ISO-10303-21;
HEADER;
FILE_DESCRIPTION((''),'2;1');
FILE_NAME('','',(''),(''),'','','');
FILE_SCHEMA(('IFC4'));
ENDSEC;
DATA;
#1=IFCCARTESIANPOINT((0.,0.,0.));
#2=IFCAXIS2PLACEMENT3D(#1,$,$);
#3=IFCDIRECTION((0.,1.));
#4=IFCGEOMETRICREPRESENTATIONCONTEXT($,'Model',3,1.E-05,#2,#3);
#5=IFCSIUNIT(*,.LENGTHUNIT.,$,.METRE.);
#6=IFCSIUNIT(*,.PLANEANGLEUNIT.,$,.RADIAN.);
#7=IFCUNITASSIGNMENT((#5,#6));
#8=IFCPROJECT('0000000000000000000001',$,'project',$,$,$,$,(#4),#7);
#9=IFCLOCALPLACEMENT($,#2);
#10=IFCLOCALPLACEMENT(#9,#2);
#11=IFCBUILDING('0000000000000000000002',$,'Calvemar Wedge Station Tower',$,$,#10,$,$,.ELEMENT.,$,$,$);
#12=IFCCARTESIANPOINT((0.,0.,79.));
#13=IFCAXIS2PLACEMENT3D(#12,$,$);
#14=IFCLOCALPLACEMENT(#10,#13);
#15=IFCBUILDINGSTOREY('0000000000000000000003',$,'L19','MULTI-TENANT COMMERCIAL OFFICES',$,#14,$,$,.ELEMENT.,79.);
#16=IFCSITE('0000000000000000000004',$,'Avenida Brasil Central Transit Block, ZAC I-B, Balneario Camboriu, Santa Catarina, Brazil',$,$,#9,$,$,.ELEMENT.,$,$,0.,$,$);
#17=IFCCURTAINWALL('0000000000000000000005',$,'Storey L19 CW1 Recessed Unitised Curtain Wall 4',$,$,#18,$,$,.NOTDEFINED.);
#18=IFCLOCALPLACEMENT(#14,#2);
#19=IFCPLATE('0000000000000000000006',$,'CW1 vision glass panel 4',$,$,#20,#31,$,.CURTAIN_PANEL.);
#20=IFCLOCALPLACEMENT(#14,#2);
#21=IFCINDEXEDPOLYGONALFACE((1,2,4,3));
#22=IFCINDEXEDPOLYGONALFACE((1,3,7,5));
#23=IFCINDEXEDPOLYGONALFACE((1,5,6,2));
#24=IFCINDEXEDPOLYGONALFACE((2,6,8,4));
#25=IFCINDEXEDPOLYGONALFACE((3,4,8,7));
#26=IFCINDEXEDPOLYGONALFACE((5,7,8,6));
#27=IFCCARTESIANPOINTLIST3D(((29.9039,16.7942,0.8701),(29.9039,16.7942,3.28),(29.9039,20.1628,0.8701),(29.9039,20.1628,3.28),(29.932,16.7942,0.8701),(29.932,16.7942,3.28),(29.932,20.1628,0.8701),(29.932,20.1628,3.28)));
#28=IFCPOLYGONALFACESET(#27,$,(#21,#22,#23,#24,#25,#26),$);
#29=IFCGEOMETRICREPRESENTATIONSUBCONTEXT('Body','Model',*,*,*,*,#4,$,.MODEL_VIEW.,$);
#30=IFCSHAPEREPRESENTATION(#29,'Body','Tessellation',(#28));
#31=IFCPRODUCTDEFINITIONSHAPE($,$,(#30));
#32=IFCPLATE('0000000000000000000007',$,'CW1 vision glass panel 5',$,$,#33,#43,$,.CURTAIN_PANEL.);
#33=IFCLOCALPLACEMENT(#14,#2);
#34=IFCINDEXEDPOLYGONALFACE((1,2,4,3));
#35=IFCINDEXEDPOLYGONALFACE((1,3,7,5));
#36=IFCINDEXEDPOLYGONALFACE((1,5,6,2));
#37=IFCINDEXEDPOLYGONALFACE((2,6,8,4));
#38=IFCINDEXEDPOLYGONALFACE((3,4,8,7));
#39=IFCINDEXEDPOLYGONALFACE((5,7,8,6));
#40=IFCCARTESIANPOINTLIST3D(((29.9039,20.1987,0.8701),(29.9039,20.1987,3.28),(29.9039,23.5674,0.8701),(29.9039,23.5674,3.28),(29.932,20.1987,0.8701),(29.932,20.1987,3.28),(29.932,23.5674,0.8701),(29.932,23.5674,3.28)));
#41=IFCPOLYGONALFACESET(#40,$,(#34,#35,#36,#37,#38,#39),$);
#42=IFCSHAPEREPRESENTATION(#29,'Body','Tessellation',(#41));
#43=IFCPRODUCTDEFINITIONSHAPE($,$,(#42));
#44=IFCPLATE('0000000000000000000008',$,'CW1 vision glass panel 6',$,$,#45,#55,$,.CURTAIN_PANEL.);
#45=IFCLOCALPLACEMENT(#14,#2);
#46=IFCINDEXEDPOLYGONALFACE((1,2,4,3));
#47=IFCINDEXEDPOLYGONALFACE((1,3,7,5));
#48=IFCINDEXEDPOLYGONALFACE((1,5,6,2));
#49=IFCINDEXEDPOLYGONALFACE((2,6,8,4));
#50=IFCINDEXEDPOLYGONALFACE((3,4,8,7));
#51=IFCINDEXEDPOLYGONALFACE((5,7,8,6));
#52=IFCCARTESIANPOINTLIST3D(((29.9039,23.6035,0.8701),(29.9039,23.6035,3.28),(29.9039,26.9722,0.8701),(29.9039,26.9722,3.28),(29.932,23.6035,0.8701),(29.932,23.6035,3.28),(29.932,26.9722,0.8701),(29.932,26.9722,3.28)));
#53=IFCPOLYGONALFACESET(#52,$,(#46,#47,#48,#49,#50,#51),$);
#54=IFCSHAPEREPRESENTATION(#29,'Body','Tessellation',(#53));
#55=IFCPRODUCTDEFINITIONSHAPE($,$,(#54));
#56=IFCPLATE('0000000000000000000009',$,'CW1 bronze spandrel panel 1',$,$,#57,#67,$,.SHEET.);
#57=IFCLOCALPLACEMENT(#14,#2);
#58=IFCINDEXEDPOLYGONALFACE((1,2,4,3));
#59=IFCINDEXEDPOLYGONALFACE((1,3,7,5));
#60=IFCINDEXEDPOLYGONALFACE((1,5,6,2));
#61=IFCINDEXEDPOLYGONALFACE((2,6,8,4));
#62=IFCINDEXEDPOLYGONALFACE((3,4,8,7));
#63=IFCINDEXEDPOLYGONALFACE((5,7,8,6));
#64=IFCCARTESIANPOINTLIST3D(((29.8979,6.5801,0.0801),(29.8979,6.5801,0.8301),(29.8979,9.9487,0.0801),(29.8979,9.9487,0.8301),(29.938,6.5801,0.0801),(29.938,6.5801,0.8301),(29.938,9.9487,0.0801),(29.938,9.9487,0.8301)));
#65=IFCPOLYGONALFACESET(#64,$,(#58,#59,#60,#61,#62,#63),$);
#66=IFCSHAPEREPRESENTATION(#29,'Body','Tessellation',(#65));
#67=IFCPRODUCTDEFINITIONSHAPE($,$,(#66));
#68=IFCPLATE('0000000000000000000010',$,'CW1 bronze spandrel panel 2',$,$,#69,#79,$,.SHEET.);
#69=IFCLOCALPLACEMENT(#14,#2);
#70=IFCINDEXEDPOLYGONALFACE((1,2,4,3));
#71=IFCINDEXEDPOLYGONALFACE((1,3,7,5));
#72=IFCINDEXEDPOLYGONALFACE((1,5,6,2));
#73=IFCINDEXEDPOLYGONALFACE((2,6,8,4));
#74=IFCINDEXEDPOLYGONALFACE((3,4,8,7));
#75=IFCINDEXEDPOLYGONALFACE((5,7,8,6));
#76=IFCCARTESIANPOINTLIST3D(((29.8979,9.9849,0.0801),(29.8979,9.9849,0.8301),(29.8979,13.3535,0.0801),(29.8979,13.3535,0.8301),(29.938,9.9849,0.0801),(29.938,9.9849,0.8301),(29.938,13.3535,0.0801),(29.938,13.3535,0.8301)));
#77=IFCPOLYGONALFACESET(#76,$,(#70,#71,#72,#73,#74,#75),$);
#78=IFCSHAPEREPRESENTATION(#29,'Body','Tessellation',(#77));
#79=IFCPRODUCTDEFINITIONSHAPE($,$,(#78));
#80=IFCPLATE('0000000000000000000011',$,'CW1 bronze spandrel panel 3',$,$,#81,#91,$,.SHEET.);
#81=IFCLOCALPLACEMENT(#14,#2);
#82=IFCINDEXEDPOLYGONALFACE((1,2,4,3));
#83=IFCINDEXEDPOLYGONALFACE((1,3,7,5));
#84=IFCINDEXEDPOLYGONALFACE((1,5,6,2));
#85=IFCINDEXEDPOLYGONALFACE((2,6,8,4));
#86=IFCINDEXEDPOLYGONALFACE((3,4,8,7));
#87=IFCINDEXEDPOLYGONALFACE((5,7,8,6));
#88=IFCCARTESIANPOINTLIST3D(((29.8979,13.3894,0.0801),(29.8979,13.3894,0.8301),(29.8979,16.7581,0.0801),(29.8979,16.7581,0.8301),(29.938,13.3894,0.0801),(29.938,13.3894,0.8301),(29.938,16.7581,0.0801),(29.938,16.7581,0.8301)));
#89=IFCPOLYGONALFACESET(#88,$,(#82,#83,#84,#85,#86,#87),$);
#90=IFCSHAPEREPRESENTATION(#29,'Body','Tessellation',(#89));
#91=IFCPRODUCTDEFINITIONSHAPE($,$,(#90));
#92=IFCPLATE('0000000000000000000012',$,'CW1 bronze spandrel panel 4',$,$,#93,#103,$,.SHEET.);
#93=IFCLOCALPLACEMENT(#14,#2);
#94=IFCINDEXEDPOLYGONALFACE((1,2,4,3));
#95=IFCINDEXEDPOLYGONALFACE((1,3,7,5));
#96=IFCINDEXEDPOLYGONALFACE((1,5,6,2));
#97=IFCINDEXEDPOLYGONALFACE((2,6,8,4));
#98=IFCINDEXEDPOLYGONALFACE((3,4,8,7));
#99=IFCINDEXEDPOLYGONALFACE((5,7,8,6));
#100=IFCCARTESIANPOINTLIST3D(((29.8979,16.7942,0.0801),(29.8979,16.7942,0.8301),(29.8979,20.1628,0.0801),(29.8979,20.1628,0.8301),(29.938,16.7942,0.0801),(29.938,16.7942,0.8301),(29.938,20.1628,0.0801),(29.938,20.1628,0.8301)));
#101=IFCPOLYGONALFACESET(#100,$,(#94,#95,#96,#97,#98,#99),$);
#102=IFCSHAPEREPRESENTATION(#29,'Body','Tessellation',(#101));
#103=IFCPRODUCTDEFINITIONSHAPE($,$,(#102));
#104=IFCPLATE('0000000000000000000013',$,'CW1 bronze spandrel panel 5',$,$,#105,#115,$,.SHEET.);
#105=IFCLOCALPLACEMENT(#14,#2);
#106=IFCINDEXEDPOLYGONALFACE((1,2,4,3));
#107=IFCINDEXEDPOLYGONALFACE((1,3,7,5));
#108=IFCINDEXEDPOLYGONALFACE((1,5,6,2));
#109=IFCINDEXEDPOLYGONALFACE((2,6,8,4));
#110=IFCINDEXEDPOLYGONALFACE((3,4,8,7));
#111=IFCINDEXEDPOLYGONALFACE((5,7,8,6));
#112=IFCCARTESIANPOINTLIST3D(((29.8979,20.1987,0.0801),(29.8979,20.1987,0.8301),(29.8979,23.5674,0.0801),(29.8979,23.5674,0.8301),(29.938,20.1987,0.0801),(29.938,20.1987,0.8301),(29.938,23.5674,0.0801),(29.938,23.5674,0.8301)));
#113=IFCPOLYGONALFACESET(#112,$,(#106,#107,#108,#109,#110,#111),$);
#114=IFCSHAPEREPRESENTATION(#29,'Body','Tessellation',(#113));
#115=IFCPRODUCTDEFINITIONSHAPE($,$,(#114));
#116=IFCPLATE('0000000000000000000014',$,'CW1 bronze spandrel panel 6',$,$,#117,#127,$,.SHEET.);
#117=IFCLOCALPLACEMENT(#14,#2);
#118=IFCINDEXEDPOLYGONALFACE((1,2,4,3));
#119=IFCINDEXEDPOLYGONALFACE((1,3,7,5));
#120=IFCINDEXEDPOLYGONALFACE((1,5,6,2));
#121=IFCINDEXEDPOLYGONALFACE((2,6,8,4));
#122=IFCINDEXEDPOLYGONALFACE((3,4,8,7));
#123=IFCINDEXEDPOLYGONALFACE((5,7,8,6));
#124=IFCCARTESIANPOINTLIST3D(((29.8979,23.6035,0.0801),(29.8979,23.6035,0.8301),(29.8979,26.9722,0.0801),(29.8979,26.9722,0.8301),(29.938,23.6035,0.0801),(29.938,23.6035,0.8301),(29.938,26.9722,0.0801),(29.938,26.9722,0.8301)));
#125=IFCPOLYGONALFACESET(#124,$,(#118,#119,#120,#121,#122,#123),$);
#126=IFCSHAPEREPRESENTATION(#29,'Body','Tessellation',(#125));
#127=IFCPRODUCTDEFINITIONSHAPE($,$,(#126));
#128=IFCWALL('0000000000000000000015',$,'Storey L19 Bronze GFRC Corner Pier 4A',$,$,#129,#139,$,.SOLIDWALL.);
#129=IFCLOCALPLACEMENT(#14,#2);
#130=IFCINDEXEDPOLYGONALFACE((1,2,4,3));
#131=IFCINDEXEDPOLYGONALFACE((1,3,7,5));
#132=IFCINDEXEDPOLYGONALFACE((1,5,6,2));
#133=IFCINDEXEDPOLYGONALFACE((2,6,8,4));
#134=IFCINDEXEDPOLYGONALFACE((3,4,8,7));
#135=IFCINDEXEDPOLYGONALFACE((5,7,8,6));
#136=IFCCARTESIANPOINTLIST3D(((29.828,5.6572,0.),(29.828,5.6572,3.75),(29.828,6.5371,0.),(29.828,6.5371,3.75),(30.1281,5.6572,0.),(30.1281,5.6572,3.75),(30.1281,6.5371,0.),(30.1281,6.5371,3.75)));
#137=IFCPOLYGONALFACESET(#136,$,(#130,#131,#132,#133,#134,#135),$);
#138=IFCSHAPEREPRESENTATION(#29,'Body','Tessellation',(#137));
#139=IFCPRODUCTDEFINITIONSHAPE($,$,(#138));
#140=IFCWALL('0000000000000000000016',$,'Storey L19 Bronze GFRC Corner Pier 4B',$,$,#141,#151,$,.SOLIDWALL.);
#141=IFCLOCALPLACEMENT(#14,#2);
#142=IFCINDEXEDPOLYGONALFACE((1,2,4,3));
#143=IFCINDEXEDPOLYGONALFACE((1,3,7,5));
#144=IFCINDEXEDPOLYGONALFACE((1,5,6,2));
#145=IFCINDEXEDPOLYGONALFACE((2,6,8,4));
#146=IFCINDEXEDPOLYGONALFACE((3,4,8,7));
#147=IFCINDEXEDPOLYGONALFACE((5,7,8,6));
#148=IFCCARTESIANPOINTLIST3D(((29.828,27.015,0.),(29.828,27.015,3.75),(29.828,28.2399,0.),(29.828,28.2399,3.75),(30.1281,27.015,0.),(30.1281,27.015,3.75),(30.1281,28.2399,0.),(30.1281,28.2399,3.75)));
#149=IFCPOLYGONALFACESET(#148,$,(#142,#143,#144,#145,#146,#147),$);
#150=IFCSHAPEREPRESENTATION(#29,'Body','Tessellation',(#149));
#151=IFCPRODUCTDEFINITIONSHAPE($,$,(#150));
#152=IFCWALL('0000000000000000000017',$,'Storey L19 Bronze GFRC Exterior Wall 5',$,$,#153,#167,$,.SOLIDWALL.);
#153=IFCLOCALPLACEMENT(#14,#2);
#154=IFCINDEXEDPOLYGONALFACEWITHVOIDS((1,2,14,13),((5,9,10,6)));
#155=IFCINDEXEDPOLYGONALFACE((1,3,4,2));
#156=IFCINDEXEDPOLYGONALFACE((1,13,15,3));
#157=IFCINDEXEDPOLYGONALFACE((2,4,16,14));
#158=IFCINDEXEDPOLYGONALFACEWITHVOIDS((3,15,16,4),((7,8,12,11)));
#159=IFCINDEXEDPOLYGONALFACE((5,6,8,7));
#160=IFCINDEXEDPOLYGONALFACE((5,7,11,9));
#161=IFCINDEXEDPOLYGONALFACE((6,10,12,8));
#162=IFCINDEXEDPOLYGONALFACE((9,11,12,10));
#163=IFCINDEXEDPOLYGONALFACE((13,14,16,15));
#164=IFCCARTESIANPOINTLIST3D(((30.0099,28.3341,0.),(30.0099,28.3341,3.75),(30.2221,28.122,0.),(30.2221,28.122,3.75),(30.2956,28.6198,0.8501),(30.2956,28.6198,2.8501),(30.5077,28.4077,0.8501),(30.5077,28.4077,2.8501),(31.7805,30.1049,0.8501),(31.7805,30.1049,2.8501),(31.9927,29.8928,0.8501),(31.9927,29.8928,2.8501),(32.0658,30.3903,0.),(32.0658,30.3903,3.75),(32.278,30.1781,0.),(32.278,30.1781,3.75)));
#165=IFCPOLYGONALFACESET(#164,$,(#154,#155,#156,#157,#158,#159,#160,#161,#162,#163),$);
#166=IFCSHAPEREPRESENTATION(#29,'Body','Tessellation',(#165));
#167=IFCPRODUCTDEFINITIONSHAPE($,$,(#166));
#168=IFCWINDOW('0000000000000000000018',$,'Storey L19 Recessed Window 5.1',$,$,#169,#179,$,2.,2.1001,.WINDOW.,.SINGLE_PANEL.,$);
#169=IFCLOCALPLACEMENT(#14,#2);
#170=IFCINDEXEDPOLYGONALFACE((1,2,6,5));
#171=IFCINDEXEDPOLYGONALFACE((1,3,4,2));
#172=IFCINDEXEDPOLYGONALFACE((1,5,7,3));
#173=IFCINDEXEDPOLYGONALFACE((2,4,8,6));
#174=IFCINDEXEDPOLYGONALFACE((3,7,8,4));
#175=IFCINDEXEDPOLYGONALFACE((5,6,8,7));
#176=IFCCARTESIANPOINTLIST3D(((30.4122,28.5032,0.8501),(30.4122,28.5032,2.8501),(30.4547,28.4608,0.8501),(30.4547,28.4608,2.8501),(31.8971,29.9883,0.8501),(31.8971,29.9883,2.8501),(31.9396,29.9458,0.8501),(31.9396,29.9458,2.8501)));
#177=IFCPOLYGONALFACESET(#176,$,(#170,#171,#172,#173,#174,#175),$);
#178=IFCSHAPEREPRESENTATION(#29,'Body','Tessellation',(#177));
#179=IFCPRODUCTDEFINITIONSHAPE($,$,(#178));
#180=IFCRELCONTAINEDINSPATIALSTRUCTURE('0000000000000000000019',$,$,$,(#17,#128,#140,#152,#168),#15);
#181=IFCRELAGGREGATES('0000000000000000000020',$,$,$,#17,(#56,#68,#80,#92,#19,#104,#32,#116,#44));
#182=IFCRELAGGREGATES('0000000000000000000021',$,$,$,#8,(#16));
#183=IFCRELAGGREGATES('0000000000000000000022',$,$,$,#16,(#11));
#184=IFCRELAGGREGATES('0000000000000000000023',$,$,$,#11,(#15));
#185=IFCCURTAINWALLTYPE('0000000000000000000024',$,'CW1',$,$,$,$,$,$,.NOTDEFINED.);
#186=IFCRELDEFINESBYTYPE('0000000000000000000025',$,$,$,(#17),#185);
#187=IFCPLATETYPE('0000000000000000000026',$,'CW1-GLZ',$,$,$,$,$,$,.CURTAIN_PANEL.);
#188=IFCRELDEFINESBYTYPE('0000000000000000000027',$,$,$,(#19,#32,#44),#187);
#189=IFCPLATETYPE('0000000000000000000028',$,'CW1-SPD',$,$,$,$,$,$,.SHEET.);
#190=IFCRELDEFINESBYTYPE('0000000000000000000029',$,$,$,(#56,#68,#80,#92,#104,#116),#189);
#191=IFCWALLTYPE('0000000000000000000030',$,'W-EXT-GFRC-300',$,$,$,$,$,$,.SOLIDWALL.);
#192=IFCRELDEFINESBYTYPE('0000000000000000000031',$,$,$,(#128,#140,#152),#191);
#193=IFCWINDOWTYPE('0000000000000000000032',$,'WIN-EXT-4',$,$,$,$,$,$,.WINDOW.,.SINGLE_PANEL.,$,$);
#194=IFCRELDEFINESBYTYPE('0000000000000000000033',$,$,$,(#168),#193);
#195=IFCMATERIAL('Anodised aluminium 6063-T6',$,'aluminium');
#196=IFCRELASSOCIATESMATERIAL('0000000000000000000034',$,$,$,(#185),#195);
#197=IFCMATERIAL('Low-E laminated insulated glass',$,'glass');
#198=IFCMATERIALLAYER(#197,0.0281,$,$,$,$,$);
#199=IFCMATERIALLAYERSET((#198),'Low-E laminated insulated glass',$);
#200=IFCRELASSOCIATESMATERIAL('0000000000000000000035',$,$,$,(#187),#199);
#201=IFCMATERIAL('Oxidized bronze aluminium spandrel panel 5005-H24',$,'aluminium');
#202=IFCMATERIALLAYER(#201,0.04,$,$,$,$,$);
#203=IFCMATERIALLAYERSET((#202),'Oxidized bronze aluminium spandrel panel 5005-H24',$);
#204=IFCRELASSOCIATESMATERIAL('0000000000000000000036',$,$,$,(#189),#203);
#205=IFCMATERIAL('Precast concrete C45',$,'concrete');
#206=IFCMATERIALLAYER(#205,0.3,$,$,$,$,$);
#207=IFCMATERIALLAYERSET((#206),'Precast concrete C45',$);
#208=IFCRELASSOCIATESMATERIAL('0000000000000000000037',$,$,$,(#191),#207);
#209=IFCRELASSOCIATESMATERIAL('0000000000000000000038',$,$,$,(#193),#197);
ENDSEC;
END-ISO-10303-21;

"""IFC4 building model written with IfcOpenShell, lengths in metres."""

from ifc_helpers import new_model, si_unit, direction, frame, frame_2d, origin, place, context, subcontext, project, spatial, rectangle, extrude, source, transform, mapped, material, layer, layer_set, type_object, element, fill, aggregate, save


model = new_model("IFC4")

# Units and contexts
model_context = context("Model", 3, precision=1e-05, world=origin(), true_north=direction((0.0, 1.0)))
body_context = subcontext(model_context, "Body", "Model", "MODEL_VIEW")
ifc_project = project(units=[si_unit("LENGTHUNIT", "METRE"), si_unit("PLANEANGLEUNIT", "RADIAN")], contexts=[model_context])

# Site, building, storey
site_placement = place(None, origin())
site = spatial("IfcSite", under=ifc_project, at=site_placement, Name="Avenida Brasil Central Transit Block, ZAC I-B, Balneario Camboriu, Santa Catarina, Brazil", CompositionType="ELEMENT", RefElevation=0.0)
building_placement = place(site_placement, origin())
building = spatial("IfcBuilding", under=site, at=building_placement, Name="Calvemar Wedge Station Tower", CompositionType="ELEMENT")
storey_placement = place(building_placement, frame((0.0, 0.0, 79.0)))
storey = spatial("IfcBuildingStorey", under=building, at=storey_placement, Name="L19", Description="MULTI-TENANT COMMERCIAL OFFICES", CompositionType="ELEMENT", Elevation=79.0)

# Curtain wall, plates
ifc_material_1 = material(Name="Anodised aluminium 6063-T6", Category="aluminium")
curtain_wall_type = type_object("IfcCurtainWallType", Name="CW1", PredefinedType="NOTDEFINED", material=ifc_material_1)
curtain_wall_placement = place(storey_placement, origin())
curtain_wall = element("IfcCurtainWall", 1, at=curtain_wall_placement, inside=storey, type_object=curtain_wall_type, Name="Storey L19 CW1 Recessed Unitised Curtain Wall 4", PredefinedType="NOTDEFINED")
ifc_material_2 = material(Name="Low-E laminated insulated glass", Category="glass")
ifc_layer_1 = layer(ifc_material_2, 0.0281)
ifc_layer_set_1 = layer_set([ifc_layer_1], Name="Low-E laminated insulated glass")
plate_type_1 = type_object("IfcPlateType", Name="CW1-GLZ", PredefinedType="CURTAIN_PANEL", material=ifc_layer_set_1)
plate_1_placement = place(storey_placement, frame((29.918, 16.7942, 0.8701), z_axis=(0.0, 0.0, 1.0), x_axis=(0.0, 1.0, 0.0)))
plate_1 = element("IfcPlate", 2, at=plate_1_placement, type_object=plate_type_1, Name="CW1 vision glass panel 4", PredefinedType="CURTAIN_PANEL", context=body_context, shape_type="SweptSolid", body=[
    extrude(rectangle(XDim=3.3687, YDim=0.0281, at=frame_2d((1.6843, 0.0))), origin(), (0.0, 0.0, 1.0), 2.4099),
])
plate_2_placement = place(storey_placement, frame((29.918, 20.1987, 0.8701), z_axis=(0.0, 0.0, 1.0), x_axis=(0.0, 1.0, 0.0)))
plate_2 = element("IfcPlate", 3, at=plate_2_placement, type_object=plate_type_1, Name="CW1 vision glass panel 5", PredefinedType="CURTAIN_PANEL", context=body_context, shape_type="SweptSolid", body=[
    extrude(rectangle(XDim=3.3687, YDim=0.0281, at=frame_2d((1.6843, 0.0))), origin(), (0.0, 0.0, 1.0), 2.4099),
])
plate_3_placement = place(storey_placement, frame((29.918, 23.6035, 0.8701), z_axis=(0.0, 0.0, 1.0), x_axis=(0.0, 1.0, 0.0)))
plate_3 = element("IfcPlate", 4, at=plate_3_placement, type_object=plate_type_1, Name="CW1 vision glass panel 6", PredefinedType="CURTAIN_PANEL", context=body_context, shape_type="SweptSolid", body=[
    extrude(rectangle(XDim=3.3687, YDim=0.0281, at=frame_2d((1.6843, 0.0))), origin(), (0.0, 0.0, 1.0), 2.4099),
])
ifc_material_3 = material(Name="Oxidized bronze aluminium spandrel panel 5005-H24", Category="aluminium")
ifc_layer_2 = layer(ifc_material_3, 0.04)
ifc_layer_set_2 = layer_set([ifc_layer_2], Name="Oxidized bronze aluminium spandrel panel 5005-H24")
plate_type_2 = type_object("IfcPlateType", Name="CW1-SPD", PredefinedType="SHEET", material=ifc_layer_set_2)
plate_4_placement = place(storey_placement, frame((29.918, 6.5801, 0.0801), z_axis=(0.0, 0.0, 1.0), x_axis=(0.0, 1.0, 0.0)))
plate_4 = element("IfcPlate", 5, at=plate_4_placement, type_object=plate_type_2, Name="CW1 bronze spandrel panel 1", PredefinedType="SHEET", context=body_context, shape_type="SweptSolid", body=[
    extrude(rectangle(XDim=3.3687, YDim=0.04, at=frame_2d((1.6843, 0.0))), origin(), (0.0, 0.0, 1.0), 0.75),
])
plate_5_placement = place(storey_placement, frame((29.918, 9.9849, 0.0801), z_axis=(0.0, 0.0, 1.0), x_axis=(0.0, 1.0, 0.0)))
plate_5 = element("IfcPlate", 6, at=plate_5_placement, type_object=plate_type_2, Name="CW1 bronze spandrel panel 2", PredefinedType="SHEET", context=body_context, shape_type="SweptSolid", body=[
    extrude(rectangle(XDim=3.3687, YDim=0.04, at=frame_2d((1.6843, 0.0))), origin(), (0.0, 0.0, 1.0), 0.75),
])
plate_6_placement = place(storey_placement, frame((29.918, 13.3894, 0.0801), z_axis=(0.0, 0.0, 1.0), x_axis=(0.0, 1.0, 0.0)))
plate_6 = element("IfcPlate", 7, at=plate_6_placement, type_object=plate_type_2, Name="CW1 bronze spandrel panel 3", PredefinedType="SHEET", context=body_context, shape_type="SweptSolid", body=[
    extrude(rectangle(XDim=3.3687, YDim=0.04, at=frame_2d((1.6843, 0.0))), origin(), (0.0, 0.0, 1.0), 0.75),
])
plate_7_placement = place(storey_placement, frame((29.918, 16.7942, 0.0801), z_axis=(0.0, 0.0, 1.0), x_axis=(0.0, 1.0, 0.0)))
plate_7 = element("IfcPlate", 8, at=plate_7_placement, type_object=plate_type_2, Name="CW1 bronze spandrel panel 4", PredefinedType="SHEET", context=body_context, shape_type="SweptSolid", body=[
    extrude(rectangle(XDim=3.3687, YDim=0.04, at=frame_2d((1.6843, 0.0))), origin(), (0.0, 0.0, 1.0), 0.75),
])
plate_8_placement = place(storey_placement, frame((29.918, 20.1987, 0.0801), z_axis=(0.0, 0.0, 1.0), x_axis=(0.0, 1.0, 0.0)))
plate_8 = element("IfcPlate", 9, at=plate_8_placement, type_object=plate_type_2, Name="CW1 bronze spandrel panel 5", PredefinedType="SHEET", context=body_context, shape_type="SweptSolid", body=[
    extrude(rectangle(XDim=3.3687, YDim=0.04, at=frame_2d((1.6843, 0.0))), origin(), (0.0, 0.0, 1.0), 0.75),
])
plate_9_placement = place(storey_placement, frame((29.918, 23.6035, 0.0801), z_axis=(0.0, 0.0, 1.0), x_axis=(0.0, 1.0, 0.0)))
plate_9 = element("IfcPlate", 10, at=plate_9_placement, type_object=plate_type_2, Name="CW1 bronze spandrel panel 6", PredefinedType="SHEET", context=body_context, shape_type="SweptSolid", body=[
    extrude(rectangle(XDim=3.3687, YDim=0.04, at=frame_2d((1.6843, 0.0))), origin(), (0.0, 0.0, 1.0), 0.75),
])
aggregate(curtain_wall, [plate_4, plate_5, plate_6, plate_7, plate_1, plate_8, plate_2, plate_9, plate_3])

# Walls
ifc_material_4 = material(Name="Precast concrete C45", Category="concrete")
ifc_layer_3 = layer(ifc_material_4, 0.3)
ifc_layer_set_3 = layer_set([ifc_layer_3], Name="Precast concrete C45")
wall_type = type_object("IfcWallType", Name="W-EXT-GFRC-300", PredefinedType="SOLIDWALL", material=ifc_layer_set_3)
wall_1_placement = place(storey_placement, frame((29.978, 5.6572, 0.0), z_axis=(0.0, 0.0, 1.0), x_axis=(0.0, 1.0, 0.0)))
element("IfcWall", 11, at=wall_1_placement, inside=storey, type_object=wall_type, Name="Storey L19 Bronze GFRC Corner Pier 4A", PredefinedType="SOLIDWALL", context=body_context, shape_type="SweptSolid", body=[
    extrude(rectangle(XDim=0.8799, YDim=0.3, at=frame_2d((0.4399, 0.0))), origin(), (0.0, 0.0, 1.0), 3.75),
])
wall_2_placement = place(storey_placement, frame((29.978, 27.0151, 0.0), z_axis=(0.0, 0.0, 1.0), x_axis=(0.0, 1.0, 0.0)))
element("IfcWall", 12, at=wall_2_placement, inside=storey, type_object=wall_type, Name="Storey L19 Bronze GFRC Corner Pier 4B", PredefinedType="SOLIDWALL", context=body_context, shape_type="SweptSolid", body=[
    extrude(rectangle(XDim=1.2249, YDim=0.3, at=frame_2d((0.6123, 0.0))), origin(), (0.0, 0.0, 1.0), 3.75),
])

# Wall, opening, window
wall_3_placement = place(storey_placement, frame((30.116, 28.228, 0.0), z_axis=(0.0, 0.0, 1.0), x_axis=(0.707065, 0.707149, 0.0)))
wall_3 = element("IfcWall", 13, at=wall_3_placement, inside=storey, type_object=wall_type, Name="Storey L19 Bronze GFRC Exterior Wall 5", PredefinedType="SOLIDWALL", context=body_context, shape_type="SweptSolid", body=[
    extrude(rectangle(XDim=2.9077, YDim=0.3, at=frame_2d((1.4539, 0.0))), origin(), (0.0, 0.0, 1.0), 3.75),
])
shared_shape_1 = source(origin(), body_context, "Body", "SweptSolid", [
    extrude(rectangle(XDim=2.1001, YDim=2.0, at=frame_2d((1.05, 1.0))), frame((0.0, 0.1602, 0.0), z_axis=(0.0, -1.0, 0.0), x_axis=(1.0, 0.0, 0.0)), (0.0, 0.0, 1.0), 0.3201),
])
opening_placement = place(wall_3_placement, frame((0.4041, 0.0, 0.8501)))
opening = element("IfcOpeningElement", 14, at=opening_placement, cuts=wall_3, PredefinedType="OPENING", context=body_context, shape_type="MappedRepresentation", body=[
    mapped(shared_shape_1, transform((0.0, 0.0, 0.0), scale=1.0)),
])
window_type = type_object("IfcWindowType", Name="WIN-EXT-4", PartitioningType="SINGLE_PANEL", PredefinedType="WINDOW", material=ifc_material_2)
shared_shape_2 = source(origin(), body_context, "Body", "SweptSolid", [
    extrude(rectangle(XDim=2.1001, YDim=2.0, at=frame_2d((1.05, 1.0))), frame((0.0, -0.0149, 0.0), z_axis=(0.0, -1.0, 0.0), x_axis=(1.0, 0.0, 0.0)), (0.0, 0.0, 1.0), 0.0601),
])
window_placement = place(opening_placement, origin())
window = element("IfcWindow", 15, at=window_placement, inside=storey, type_object=window_type, Name="Storey L19 Recessed Window 5.1", OverallHeight=2.0, OverallWidth=2.1001, PartitioningType="SINGLE_PANEL", PredefinedType="WINDOW", context=body_context, shape_type="MappedRepresentation", body=[
    mapped(shared_shape_2, transform((0.0, 0.0, 0.0), scale=1.0)),
])
fill(opening, window)

save(model, "model.ifc")
